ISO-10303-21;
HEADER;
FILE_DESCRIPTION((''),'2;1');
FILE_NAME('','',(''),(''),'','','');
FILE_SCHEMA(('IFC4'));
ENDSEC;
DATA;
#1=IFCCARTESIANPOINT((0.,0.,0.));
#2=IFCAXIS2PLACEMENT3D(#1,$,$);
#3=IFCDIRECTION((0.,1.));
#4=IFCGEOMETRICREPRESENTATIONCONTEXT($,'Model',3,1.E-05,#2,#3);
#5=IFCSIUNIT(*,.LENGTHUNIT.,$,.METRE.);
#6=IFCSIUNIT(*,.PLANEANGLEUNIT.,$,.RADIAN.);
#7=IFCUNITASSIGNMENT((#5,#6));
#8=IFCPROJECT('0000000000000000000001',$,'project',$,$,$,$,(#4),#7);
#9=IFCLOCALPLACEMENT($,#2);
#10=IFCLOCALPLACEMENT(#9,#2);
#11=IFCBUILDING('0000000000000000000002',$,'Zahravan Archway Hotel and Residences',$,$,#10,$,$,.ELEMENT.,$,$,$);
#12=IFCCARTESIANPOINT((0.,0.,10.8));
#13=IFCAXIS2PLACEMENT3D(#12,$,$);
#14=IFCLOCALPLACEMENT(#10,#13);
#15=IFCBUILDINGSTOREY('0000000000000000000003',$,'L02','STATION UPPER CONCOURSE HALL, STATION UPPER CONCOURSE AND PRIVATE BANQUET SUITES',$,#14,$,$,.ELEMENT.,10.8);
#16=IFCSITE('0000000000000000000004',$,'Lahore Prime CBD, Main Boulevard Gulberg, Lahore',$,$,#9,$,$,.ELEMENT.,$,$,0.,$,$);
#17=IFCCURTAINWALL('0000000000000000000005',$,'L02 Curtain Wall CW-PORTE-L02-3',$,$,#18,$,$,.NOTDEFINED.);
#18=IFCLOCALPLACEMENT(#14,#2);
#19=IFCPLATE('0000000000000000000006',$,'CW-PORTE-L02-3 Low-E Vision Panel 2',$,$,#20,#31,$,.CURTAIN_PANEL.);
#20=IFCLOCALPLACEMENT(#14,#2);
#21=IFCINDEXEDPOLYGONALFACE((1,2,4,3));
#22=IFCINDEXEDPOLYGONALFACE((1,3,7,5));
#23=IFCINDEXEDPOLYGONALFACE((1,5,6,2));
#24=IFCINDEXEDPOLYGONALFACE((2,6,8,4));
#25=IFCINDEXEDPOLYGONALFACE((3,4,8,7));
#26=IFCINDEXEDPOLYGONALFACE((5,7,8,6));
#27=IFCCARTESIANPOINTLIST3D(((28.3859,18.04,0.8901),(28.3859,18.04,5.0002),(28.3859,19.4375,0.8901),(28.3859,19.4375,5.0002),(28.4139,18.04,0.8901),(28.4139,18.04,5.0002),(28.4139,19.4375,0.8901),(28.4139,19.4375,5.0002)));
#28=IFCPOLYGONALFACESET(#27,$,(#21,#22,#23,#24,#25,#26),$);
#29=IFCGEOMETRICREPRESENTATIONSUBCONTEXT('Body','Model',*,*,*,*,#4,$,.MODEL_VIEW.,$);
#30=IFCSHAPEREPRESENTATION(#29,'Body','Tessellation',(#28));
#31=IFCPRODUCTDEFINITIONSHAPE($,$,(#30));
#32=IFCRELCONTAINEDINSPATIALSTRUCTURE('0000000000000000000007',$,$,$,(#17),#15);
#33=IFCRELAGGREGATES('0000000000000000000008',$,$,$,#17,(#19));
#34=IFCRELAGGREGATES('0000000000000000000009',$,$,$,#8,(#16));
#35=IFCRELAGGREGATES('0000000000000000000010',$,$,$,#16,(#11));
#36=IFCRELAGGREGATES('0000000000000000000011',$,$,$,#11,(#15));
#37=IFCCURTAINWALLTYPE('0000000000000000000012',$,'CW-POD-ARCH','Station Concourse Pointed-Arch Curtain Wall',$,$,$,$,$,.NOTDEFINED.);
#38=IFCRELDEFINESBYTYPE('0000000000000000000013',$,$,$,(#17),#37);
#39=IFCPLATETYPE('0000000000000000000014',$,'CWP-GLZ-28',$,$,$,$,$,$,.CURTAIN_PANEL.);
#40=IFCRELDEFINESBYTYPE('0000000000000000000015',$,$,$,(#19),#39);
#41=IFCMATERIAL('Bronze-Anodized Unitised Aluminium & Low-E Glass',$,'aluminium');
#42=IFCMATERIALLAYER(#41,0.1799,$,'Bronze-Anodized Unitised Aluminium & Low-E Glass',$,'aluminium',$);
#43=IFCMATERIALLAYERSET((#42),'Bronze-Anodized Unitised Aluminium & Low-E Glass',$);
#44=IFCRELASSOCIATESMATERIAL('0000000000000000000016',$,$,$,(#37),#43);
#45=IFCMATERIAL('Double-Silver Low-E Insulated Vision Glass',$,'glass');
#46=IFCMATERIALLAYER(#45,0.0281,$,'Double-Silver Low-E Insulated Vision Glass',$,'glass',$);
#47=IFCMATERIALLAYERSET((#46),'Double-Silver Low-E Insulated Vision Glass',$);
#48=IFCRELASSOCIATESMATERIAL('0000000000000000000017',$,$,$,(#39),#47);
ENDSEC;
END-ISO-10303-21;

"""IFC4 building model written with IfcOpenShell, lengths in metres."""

from ifc_helpers import new_model, si_unit, direction, frame, origin, origin_2d, place, context, subcontext, project, spatial, rectangle, extrude, source, transform, mapped, material, layer, layer_set, type_object, element, aggregate, save


model = new_model("IFC4")

# Units and contexts
model_context = context("Model", 3, precision=1e-05, world=origin(), true_north=direction((0.0, 1.0)))
body_context = subcontext(model_context, "Body", "Model", "MODEL_VIEW")
ifc_project = project(units=[si_unit("LENGTHUNIT", "METRE"), si_unit("PLANEANGLEUNIT", "RADIAN")], contexts=[model_context])

# Site, building, storey
site_placement = place(None, origin())
site = spatial("IfcSite", under=ifc_project, at=site_placement, Name="Lahore Prime CBD, Main Boulevard Gulberg, Lahore", CompositionType="ELEMENT", RefElevation=0.0)
building_placement = place(site_placement, origin())
building = spatial("IfcBuilding", under=site, at=building_placement, Name="Zahravan Archway Hotel and Residences", CompositionType="ELEMENT")
storey_placement = place(building_placement, frame((0.0, 0.0, 10.8)))
storey = spatial("IfcBuildingStorey", under=building, at=storey_placement, Name="L02", Description="STATION UPPER CONCOURSE HALL, STATION UPPER CONCOURSE AND PRIVATE BANQUET SUITES", CompositionType="ELEMENT", Elevation=10.8)

# Curtain wall
ifc_material_1 = material(Name="Bronze-Anodized Unitised Aluminium & Low-E Glass", Category="aluminium")
ifc_layer_1 = layer(ifc_material_1, 0.1799, Name="Bronze-Anodized Unitised Aluminium & Low-E Glass", Category="aluminium")
ifc_layer_set_1 = layer_set([ifc_layer_1], Name="Bronze-Anodized Unitised Aluminium & Low-E Glass")
curtain_wall_type = type_object("IfcCurtainWallType", Name="CW-POD-ARCH", Description="Station Concourse Pointed-Arch Curtain Wall", PredefinedType="NOTDEFINED", material=ifc_layer_set_1)
curtain_wall_1_placement = place(storey_placement, origin())
curtain_wall_1 = element("IfcCurtainWall", 1, at=curtain_wall_1_placement, inside=storey, type_object=curtain_wall_type, Name="L02 Curtain Wall CW-PORTE-L02-3", PredefinedType="NOTDEFINED")

# Plate
ifc_material_2 = material(Name="Double-Silver Low-E Insulated Vision Glass", Category="glass")
ifc_layer_2 = layer(ifc_material_2, 0.0281, Name="Double-Silver Low-E Insulated Vision Glass", Category="glass")
ifc_layer_set_2 = layer_set([ifc_layer_2], Name="Double-Silver Low-E Insulated Vision Glass")
plate_type_1 = type_object("IfcPlateType", Name="CWP-GLZ-28", PredefinedType="CURTAIN_PANEL", material=ifc_layer_set_2)
shared_shape_1 = source(origin(), body_context, "Body", "SweptSolid", [
    extrude(rectangle(XDim=1.3975, YDim=0.0281, at=origin_2d()), origin(), (0.0, 0.0, 1.0), 4.1101),
])
plate_1_placement = place(storey_placement, frame((28.3999, 18.7388, 0.8901), z_axis=(0.0, 0.0, 1.0), x_axis=(0.0, 1.0, 0.0)))
plate_1 = element("IfcPlate", 2, at=plate_1_placement, type_object=plate_type_1, Name="CW-PORTE-L02-3 Low-E Vision Panel 2", PredefinedType="CURTAIN_PANEL", context=body_context, shape_type="MappedRepresentation", body=[
    mapped(shared_shape_1, transform((0.0, 0.0, 0.0), scale=1.0)),
])
aggregate(curtain_wall_1, [plate_1])

save(model, "model.ifc")
